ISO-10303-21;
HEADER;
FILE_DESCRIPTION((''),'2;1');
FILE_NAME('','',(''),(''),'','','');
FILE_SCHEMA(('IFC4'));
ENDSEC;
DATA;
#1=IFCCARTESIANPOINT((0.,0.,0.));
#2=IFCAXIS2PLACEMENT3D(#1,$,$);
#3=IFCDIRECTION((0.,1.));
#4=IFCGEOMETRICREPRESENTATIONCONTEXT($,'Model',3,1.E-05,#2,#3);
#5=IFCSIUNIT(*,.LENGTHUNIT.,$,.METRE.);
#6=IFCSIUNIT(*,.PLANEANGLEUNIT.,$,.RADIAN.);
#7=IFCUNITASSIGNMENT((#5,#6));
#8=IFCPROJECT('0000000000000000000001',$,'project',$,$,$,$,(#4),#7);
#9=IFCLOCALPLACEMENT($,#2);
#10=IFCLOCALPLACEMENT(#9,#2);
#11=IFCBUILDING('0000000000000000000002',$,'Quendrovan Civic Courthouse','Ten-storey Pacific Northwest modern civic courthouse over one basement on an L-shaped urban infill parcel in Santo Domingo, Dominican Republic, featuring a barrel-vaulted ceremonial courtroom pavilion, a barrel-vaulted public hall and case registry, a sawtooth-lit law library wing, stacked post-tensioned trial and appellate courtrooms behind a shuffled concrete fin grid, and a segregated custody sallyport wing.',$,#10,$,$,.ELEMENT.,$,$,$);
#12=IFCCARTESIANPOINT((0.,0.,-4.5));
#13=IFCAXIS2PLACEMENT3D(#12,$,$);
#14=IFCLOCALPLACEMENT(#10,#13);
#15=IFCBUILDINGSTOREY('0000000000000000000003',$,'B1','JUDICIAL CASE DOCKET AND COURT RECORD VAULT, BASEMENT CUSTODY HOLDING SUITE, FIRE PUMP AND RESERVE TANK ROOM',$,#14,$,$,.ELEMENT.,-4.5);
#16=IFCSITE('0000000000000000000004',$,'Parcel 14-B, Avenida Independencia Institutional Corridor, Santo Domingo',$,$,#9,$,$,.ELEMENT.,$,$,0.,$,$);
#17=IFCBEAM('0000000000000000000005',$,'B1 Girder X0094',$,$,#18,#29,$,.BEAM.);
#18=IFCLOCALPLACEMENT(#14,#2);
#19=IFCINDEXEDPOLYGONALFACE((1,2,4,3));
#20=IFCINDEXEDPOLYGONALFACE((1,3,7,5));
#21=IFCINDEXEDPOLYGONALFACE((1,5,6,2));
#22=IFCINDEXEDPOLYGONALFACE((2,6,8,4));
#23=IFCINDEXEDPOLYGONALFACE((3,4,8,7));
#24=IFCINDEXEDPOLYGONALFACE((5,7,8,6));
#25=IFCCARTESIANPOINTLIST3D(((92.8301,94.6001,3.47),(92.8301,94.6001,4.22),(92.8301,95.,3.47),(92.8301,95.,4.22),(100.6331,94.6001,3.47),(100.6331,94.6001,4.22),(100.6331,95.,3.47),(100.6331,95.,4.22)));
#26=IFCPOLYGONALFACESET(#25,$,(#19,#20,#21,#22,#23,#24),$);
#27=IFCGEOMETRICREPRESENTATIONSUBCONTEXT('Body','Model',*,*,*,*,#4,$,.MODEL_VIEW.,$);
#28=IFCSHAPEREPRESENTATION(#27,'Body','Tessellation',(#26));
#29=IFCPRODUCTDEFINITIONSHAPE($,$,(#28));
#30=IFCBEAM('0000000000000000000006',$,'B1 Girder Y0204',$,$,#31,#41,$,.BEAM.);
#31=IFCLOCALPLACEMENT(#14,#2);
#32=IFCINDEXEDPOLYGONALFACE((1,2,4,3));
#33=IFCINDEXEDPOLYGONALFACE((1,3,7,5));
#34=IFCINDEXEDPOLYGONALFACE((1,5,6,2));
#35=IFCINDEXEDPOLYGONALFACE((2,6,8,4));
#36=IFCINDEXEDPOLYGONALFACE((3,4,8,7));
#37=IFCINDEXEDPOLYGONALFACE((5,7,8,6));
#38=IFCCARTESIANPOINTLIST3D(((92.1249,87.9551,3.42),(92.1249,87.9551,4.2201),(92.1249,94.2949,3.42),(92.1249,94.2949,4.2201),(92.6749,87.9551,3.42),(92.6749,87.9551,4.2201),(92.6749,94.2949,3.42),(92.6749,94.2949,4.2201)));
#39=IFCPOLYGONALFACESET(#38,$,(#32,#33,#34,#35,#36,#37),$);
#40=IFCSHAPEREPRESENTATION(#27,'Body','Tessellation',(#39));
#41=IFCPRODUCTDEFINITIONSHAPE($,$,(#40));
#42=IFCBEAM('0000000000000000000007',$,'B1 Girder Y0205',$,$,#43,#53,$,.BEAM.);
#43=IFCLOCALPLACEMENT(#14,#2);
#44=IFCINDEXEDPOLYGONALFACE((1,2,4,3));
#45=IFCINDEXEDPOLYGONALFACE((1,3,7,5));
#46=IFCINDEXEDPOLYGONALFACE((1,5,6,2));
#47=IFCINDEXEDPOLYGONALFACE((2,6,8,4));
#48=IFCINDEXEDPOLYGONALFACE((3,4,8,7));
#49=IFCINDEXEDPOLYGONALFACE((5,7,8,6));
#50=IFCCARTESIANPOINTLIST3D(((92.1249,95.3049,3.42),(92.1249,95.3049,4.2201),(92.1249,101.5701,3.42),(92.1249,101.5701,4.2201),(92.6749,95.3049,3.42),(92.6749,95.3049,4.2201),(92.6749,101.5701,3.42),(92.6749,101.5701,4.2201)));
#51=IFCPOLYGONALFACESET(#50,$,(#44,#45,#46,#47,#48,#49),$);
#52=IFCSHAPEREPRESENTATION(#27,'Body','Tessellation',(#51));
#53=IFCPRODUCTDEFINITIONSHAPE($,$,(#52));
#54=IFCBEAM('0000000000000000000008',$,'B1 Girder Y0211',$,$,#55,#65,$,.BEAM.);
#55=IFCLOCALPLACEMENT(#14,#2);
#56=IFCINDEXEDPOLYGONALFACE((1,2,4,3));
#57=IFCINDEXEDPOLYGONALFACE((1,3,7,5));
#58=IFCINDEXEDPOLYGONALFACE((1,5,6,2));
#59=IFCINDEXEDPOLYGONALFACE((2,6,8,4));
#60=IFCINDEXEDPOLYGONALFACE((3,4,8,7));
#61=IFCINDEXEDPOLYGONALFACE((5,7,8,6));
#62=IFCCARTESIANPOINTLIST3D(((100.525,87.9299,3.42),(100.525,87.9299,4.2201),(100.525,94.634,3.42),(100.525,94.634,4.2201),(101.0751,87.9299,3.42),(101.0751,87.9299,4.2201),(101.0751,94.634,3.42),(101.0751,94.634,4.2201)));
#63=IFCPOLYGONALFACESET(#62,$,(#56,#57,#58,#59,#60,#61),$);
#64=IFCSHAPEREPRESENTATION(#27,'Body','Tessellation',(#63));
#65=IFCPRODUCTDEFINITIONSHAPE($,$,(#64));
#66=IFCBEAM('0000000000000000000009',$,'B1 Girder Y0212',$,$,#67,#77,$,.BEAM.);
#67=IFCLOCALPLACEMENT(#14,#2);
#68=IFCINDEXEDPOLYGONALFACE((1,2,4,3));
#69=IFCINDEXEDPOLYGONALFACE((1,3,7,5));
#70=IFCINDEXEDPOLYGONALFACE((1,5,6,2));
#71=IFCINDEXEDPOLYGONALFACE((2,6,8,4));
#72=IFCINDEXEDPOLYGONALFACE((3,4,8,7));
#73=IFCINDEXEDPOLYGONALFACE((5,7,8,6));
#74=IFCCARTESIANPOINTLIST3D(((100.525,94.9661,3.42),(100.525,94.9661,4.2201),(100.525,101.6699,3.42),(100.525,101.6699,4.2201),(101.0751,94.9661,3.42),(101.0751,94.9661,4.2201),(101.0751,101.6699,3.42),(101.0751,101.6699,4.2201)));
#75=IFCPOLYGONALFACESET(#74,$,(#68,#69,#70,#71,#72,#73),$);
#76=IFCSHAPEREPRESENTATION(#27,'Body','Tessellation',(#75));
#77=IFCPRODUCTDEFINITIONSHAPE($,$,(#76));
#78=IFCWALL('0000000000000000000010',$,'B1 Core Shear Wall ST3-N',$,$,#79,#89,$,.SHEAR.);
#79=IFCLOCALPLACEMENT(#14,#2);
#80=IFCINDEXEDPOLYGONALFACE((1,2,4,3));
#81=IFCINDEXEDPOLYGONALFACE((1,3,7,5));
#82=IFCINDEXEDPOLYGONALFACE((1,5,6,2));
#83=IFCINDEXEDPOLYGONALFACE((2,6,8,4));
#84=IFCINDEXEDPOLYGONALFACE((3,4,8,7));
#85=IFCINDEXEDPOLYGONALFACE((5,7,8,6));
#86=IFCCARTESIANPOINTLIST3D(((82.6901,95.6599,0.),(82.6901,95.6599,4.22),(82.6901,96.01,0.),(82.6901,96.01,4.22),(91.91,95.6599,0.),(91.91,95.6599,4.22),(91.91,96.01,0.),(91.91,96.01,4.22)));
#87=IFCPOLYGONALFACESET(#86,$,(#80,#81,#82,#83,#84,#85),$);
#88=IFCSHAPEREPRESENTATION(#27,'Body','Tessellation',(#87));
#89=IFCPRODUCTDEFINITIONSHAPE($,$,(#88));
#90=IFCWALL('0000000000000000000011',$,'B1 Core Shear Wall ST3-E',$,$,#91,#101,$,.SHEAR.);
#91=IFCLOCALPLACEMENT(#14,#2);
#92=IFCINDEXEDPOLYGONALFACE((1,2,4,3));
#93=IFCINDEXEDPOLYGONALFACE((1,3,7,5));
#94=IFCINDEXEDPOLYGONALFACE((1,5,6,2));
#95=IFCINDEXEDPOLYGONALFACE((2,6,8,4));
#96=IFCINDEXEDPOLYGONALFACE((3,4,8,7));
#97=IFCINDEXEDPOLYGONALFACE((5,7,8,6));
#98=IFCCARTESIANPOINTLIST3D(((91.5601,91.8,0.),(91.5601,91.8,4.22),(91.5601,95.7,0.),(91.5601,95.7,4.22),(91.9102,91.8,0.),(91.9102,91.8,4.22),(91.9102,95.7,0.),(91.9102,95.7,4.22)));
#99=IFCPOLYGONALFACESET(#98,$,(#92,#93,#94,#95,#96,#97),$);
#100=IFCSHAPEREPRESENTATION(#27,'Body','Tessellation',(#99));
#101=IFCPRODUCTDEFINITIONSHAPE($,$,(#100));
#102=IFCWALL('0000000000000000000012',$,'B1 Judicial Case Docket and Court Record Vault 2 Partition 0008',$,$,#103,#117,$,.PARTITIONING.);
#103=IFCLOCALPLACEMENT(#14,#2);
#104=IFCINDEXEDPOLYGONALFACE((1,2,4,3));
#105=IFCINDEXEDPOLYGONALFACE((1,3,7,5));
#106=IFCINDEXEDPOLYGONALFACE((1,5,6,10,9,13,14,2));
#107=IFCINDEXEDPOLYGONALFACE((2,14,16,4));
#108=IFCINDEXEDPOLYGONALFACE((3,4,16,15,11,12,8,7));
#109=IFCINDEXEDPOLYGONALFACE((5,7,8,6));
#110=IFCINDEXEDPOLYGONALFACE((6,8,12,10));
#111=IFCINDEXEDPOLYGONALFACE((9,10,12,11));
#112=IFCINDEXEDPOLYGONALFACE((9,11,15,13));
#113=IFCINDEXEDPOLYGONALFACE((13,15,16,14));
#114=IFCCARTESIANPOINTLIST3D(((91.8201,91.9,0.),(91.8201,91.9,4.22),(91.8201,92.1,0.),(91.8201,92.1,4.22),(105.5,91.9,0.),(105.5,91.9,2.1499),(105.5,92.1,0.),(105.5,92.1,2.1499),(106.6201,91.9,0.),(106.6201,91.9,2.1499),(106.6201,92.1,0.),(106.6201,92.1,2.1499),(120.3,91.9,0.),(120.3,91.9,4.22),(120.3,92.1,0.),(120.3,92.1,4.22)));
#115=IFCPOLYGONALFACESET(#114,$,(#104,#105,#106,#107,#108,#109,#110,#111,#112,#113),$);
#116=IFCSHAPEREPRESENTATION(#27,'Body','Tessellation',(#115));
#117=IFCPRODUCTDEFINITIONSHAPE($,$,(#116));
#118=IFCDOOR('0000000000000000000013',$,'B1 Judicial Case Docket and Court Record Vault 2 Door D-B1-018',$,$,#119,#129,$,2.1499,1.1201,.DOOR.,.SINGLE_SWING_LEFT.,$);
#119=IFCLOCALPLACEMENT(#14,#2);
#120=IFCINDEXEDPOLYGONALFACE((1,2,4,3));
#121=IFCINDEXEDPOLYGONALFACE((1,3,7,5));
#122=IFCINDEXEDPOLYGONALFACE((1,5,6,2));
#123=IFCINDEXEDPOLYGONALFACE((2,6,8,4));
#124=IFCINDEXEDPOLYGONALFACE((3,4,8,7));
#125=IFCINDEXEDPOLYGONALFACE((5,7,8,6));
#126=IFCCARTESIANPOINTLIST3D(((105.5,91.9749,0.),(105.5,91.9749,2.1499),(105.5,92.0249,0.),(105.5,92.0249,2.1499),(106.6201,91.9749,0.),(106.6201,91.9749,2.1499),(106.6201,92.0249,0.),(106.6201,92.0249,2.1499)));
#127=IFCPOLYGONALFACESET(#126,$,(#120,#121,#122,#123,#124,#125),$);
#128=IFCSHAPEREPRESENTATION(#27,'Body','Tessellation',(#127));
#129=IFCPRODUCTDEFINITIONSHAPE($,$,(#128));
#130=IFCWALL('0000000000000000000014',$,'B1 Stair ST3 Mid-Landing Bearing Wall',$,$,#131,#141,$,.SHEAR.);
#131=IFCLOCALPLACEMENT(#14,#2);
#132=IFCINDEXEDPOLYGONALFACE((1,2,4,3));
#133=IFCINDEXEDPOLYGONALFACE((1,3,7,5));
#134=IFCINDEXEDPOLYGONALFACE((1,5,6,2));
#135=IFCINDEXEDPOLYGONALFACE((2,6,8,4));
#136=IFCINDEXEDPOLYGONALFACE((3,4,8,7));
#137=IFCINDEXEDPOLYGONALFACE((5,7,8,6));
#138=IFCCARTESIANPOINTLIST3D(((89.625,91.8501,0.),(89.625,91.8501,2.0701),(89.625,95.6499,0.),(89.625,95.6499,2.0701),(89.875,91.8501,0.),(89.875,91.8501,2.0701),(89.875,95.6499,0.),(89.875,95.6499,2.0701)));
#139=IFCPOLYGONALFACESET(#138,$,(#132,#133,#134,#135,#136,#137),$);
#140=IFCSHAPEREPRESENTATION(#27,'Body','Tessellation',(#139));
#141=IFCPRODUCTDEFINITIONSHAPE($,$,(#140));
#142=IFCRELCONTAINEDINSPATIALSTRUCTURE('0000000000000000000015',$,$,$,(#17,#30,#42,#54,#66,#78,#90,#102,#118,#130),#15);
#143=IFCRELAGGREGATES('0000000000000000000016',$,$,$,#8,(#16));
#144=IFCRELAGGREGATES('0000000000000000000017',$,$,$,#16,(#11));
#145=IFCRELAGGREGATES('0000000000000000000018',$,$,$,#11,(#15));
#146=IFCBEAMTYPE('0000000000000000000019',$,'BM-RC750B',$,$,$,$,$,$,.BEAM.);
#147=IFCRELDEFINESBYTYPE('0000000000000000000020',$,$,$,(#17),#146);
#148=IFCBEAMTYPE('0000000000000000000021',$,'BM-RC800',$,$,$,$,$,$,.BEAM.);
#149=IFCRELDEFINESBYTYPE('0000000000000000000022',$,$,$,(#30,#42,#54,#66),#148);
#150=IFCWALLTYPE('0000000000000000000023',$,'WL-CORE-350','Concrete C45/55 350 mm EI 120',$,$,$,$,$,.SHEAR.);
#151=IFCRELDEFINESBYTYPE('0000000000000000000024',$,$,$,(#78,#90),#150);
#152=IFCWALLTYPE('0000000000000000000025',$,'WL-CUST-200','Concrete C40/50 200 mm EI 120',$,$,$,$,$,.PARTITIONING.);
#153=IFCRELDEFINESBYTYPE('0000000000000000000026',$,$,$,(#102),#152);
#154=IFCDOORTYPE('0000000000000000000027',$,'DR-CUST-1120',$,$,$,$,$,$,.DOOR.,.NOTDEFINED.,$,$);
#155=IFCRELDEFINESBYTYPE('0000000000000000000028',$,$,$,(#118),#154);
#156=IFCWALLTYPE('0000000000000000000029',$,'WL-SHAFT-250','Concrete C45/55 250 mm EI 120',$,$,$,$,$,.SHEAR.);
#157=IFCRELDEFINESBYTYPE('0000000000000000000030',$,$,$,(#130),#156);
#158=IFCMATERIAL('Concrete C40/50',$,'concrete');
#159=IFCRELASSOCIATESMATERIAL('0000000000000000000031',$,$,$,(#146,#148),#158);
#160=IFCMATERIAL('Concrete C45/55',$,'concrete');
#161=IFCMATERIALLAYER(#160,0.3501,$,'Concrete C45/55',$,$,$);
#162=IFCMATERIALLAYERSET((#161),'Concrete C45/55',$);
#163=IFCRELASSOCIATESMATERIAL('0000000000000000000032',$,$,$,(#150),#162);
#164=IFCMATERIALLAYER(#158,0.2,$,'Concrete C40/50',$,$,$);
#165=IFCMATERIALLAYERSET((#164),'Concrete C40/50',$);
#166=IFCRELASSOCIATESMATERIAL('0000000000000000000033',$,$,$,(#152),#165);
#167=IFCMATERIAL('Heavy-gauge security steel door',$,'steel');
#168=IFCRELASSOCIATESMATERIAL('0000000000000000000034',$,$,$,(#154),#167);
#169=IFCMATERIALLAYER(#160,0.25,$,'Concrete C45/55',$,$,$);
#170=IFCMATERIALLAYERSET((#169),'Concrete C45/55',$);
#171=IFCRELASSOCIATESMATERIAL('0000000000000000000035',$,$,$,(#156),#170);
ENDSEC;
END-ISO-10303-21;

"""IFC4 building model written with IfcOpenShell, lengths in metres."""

from ifc_helpers import new_model, si_unit, direction, frame, frame_2d, origin, origin_2d, place, context, subcontext, project, spatial, rectangle, extrude, material, layer, layer_set, material_profile, profile_set, type_object, element, fill, save


model = new_model("IFC4")

# Units and contexts
model_context = context("Model", 3, precision=1e-05, world=origin(), true_north=direction((0.0, 1.0)))
body_context = subcontext(model_context, "Body", "Model", "MODEL_VIEW")
ifc_project = project(units=[si_unit("LENGTHUNIT", "METRE"), si_unit("PLANEANGLEUNIT", "RADIAN")], contexts=[model_context])

# Site, building, storey
site_placement = place(None, origin())
site = spatial("IfcSite", under=ifc_project, at=site_placement, Name="Parcel 14-B, Avenida Independencia Institutional Corridor, Santo Domingo", CompositionType="ELEMENT", RefElevation=0.0)
building_placement = place(site_placement, origin())
building = spatial("IfcBuilding", under=site, at=building_placement, Name="Quendrovan Civic Courthouse", Description="Ten-storey Pacific Northwest modern civic courthouse over one basement on an L-shaped urban infill parcel in Santo Domingo, Dominican Republic, featuring a barrel-vaulted ceremonial courtroom pavilion, a barrel-vaulted public hall and case registry, a sawtooth-lit law library wing, stacked post-tensioned trial and appellate courtrooms behind a shuffled concrete fin grid, and a segregated custody sallyport wing.", CompositionType="ELEMENT")
storey_placement = place(building_placement, frame((0.0, 0.0, -4.5)))
storey = spatial("IfcBuildingStorey", under=building, at=storey_placement, Name="B1", Description="JUDICIAL CASE DOCKET AND COURT RECORD VAULT, BASEMENT CUSTODY HOLDING SUITE, FIRE PUMP AND RESERVE TANK ROOM", CompositionType="ELEMENT", Elevation=-4.5)

# Shared definitions
ifc_material_1 = material(Name="Concrete C45/55", Category="concrete")

# Beams
ifc_material_2 = material(Name="Concrete C40/50", Category="concrete")
ifc_material_profile_1 = material_profile(ifc_material_2, rectangle(XDim=0.3999, YDim=0.75, at=origin_2d()), Name="RC-BM-400x750")
ifc_profile_set_1 = profile_set([ifc_material_profile_1], Name="Concrete C40/50")
beam_type_1 = type_object("IfcBeamType", Name="BM-RC750B", PredefinedType="BEAM", material=ifc_profile_set_1)
beam_1_placement = place(storey_placement, frame((92.8301, 94.8, 3.845), z_axis=(1.0, 0.0, 0.0), x_axis=(0.0, 1.0, 0.0)))
element("IfcBeam", 1, at=beam_1_placement, inside=storey, type_object=beam_type_1, Name="B1 Girder X0094", PredefinedType="BEAM", context=body_context, shape_type="SweptSolid", body=[
    extrude(rectangle(XDim=0.3999, YDim=0.75, at=origin_2d()), origin(), (0.0, 0.0, 1.0), 7.803),
])
ifc_material_profile_2 = material_profile(ifc_material_2, rectangle(XDim=0.55, YDim=0.8, at=origin_2d()), Name="RC-BM-550x800")
ifc_profile_set_2 = profile_set([ifc_material_profile_2], Name="Concrete C40/50")
beam_type_2 = type_object("IfcBeamType", Name="BM-RC800", PredefinedType="BEAM", material=ifc_profile_set_2)
beam_2_placement = place(storey_placement, frame((92.3999, 87.9551, 3.8201), z_axis=(0.0, 1.0, 0.0), x_axis=(-1.0, 0.0, 0.0)))
element("IfcBeam", 2, at=beam_2_placement, inside=storey, type_object=beam_type_2, Name="B1 Girder Y0204", PredefinedType="BEAM", context=body_context, shape_type="SweptSolid", body=[
    extrude(rectangle(XDim=0.55, YDim=0.8, at=origin_2d()), origin(), (0.0, 0.0, 1.0), 6.3398),
])
beam_3_placement = place(storey_placement, frame((92.3999, 95.3049, 3.8201), z_axis=(0.0, 1.0, 0.0), x_axis=(-1.0, 0.0, 0.0)))
element("IfcBeam", 3, at=beam_3_placement, inside=storey, type_object=beam_type_2, Name="B1 Girder Y0205", PredefinedType="BEAM", context=body_context, shape_type="SweptSolid", body=[
    extrude(rectangle(XDim=0.55, YDim=0.8, at=origin_2d()), origin(), (0.0, 0.0, 1.0), 6.2651),
])
beam_4_placement = place(storey_placement, frame((100.8, 87.9299, 3.8201), z_axis=(0.0, 1.0, 0.0), x_axis=(-1.0, 0.0, 0.0)))
element("IfcBeam", 4, at=beam_4_placement, inside=storey, type_object=beam_type_2, Name="B1 Girder Y0211", PredefinedType="BEAM", context=body_context, shape_type="SweptSolid", body=[
    extrude(rectangle(XDim=0.55, YDim=0.8, at=origin_2d()), origin(), (0.0, 0.0, 1.0), 6.7041),
])
beam_5_placement = place(storey_placement, frame((100.8, 94.9661, 3.8201), z_axis=(0.0, 1.0, 0.0), x_axis=(-1.0, 0.0, 0.0)))
element("IfcBeam", 5, at=beam_5_placement, inside=storey, type_object=beam_type_2, Name="B1 Girder Y0212", PredefinedType="BEAM", context=body_context, shape_type="SweptSolid", body=[
    extrude(rectangle(XDim=0.55, YDim=0.8, at=origin_2d()), origin(), (0.0, 0.0, 1.0), 6.7039),
])

# Walls
ifc_layer_1 = layer(ifc_material_1, 0.3501, Name="Concrete C45/55")
ifc_layer_set_1 = layer_set([ifc_layer_1], Name="Concrete C45/55")
wall_type_1 = type_object("IfcWallType", Name="WL-CORE-350", Description="Concrete C45/55 350 mm EI 120", PredefinedType="SHEAR", material=ifc_layer_set_1)
wall_1_placement = place(storey_placement, frame((91.9099, 95.835, 0.0), z_axis=(0.0, 0.0, 1.0), x_axis=(-1.0, 0.0, 0.0)))
element("IfcWall", 6, at=wall_1_placement, inside=storey, type_object=wall_type_1, Name="B1 Core Shear Wall ST3-N", PredefinedType="SHEAR", context=body_context, shape_type="SweptSolid", body=[
    extrude(rectangle(XDim=9.22, YDim=0.3501, at=frame_2d((4.6099, 0.0))), origin(), (0.0, 0.0, 1.0), 4.22),
])
wall_2_placement = place(storey_placement, frame((91.7351, 95.7, 0.0), z_axis=(0.0, 0.0, 1.0), x_axis=(0.0, -1.0, 0.0)))
element("IfcWall", 7, at=wall_2_placement, inside=storey, type_object=wall_type_1, Name="B1 Core Shear Wall ST3-E", PredefinedType="SHEAR", context=body_context, shape_type="SweptSolid", body=[
    extrude(rectangle(XDim=3.8999, YDim=0.3501, at=frame_2d((1.95, 0.0))), origin(), (0.0, 0.0, 1.0), 4.22),
])

# Wall, opening, door
ifc_layer_2 = layer(ifc_material_2, 0.2, Name="Concrete C40/50")
ifc_layer_set_2 = layer_set([ifc_layer_2], Name="Concrete C40/50")
wall_type_2 = type_object("IfcWallType", Name="WL-CUST-200", Description="Concrete C40/50 200 mm EI 120", PredefinedType="PARTITIONING", material=ifc_layer_set_2)
wall_3_placement = place(storey_placement, frame((91.8201, 92.0, 0.0), z_axis=(0.0, 0.0, 1.0), x_axis=(1.0, 0.0, 0.0)))
wall_3 = element("IfcWall", 8, at=wall_3_placement, inside=storey, type_object=wall_type_2, Name="B1 Judicial Case Docket and Court Record Vault 2 Partition 0008", PredefinedType="PARTITIONING", context=body_context, shape_type="SweptSolid", body=[
    extrude(rectangle(XDim=28.48, YDim=0.2, at=frame_2d((14.24, 0.0))), origin(), (0.0, 0.0, 1.0), 4.22),
])
opening_placement = place(wall_3_placement, frame((13.6799, 0.0, 0.0)))
opening = element("IfcOpeningElement", 9, at=opening_placement, cuts=wall_3, PredefinedType="OPENING", context=body_context, shape_type="SweptSolid", body=[
    extrude(rectangle(XDim=1.1201, YDim=2.1499, at=frame_2d((0.5601, 1.075))), frame((0.0, 0.1099, 0.0), z_axis=(0.0, -1.0, 0.0), x_axis=(1.0, 0.0, 0.0)), (0.0, 0.0, 1.0), 0.22),
])
ifc_material_3 = material(Name="Heavy-gauge security steel door", Category="steel")
door_type = type_object("IfcDoorType", Name="DR-CUST-1120", OperationType="NOTDEFINED", PredefinedType="DOOR", material=ifc_material_3)
door_placement = place(opening_placement, origin())
door = element("IfcDoor", 10, at=door_placement, inside=storey, type_object=door_type, Name="B1 Judicial Case Docket and Court Record Vault 2 Door D-B1-018", OperationType="SINGLE_SWING_LEFT", OverallHeight=2.1499, OverallWidth=1.1201, PredefinedType="DOOR", context=body_context, shape_type="SweptSolid", body=[
    extrude(rectangle(XDim=1.1201, YDim=2.1499, at=frame_2d((0.5601, 1.075))), frame((0.0, 0.0249, 0.0), z_axis=(0.0, -1.0, 0.0), x_axis=(1.0, 0.0, 0.0)), (0.0, 0.0, 1.0), 0.05),
])
fill(opening, door)

# Wall
ifc_layer_3 = layer(ifc_material_1, 0.25, Name="Concrete C45/55")
ifc_layer_set_3 = layer_set([ifc_layer_3], Name="Concrete C45/55")
wall_type_3 = type_object("IfcWallType", Name="WL-SHAFT-250", Description="Concrete C45/55 250 mm EI 120", PredefinedType="SHEAR", material=ifc_layer_set_3)
wall_4_placement = place(storey_placement, frame((89.75, 91.8501, 0.0), z_axis=(0.0, 0.0, 1.0), x_axis=(0.0, 1.0, 0.0)))
element("IfcWall", 11, at=wall_4_placement, inside=storey, type_object=wall_type_3, Name="B1 Stair ST3 Mid-Landing Bearing Wall", PredefinedType="SHEAR", context=body_context, shape_type="SweptSolid", body=[
    extrude(rectangle(XDim=3.7998, YDim=0.25, at=frame_2d((1.8999, 0.0))), origin(), (0.0, 0.0, 1.0), 2.0701),
])

save(model, "model.ifc")
